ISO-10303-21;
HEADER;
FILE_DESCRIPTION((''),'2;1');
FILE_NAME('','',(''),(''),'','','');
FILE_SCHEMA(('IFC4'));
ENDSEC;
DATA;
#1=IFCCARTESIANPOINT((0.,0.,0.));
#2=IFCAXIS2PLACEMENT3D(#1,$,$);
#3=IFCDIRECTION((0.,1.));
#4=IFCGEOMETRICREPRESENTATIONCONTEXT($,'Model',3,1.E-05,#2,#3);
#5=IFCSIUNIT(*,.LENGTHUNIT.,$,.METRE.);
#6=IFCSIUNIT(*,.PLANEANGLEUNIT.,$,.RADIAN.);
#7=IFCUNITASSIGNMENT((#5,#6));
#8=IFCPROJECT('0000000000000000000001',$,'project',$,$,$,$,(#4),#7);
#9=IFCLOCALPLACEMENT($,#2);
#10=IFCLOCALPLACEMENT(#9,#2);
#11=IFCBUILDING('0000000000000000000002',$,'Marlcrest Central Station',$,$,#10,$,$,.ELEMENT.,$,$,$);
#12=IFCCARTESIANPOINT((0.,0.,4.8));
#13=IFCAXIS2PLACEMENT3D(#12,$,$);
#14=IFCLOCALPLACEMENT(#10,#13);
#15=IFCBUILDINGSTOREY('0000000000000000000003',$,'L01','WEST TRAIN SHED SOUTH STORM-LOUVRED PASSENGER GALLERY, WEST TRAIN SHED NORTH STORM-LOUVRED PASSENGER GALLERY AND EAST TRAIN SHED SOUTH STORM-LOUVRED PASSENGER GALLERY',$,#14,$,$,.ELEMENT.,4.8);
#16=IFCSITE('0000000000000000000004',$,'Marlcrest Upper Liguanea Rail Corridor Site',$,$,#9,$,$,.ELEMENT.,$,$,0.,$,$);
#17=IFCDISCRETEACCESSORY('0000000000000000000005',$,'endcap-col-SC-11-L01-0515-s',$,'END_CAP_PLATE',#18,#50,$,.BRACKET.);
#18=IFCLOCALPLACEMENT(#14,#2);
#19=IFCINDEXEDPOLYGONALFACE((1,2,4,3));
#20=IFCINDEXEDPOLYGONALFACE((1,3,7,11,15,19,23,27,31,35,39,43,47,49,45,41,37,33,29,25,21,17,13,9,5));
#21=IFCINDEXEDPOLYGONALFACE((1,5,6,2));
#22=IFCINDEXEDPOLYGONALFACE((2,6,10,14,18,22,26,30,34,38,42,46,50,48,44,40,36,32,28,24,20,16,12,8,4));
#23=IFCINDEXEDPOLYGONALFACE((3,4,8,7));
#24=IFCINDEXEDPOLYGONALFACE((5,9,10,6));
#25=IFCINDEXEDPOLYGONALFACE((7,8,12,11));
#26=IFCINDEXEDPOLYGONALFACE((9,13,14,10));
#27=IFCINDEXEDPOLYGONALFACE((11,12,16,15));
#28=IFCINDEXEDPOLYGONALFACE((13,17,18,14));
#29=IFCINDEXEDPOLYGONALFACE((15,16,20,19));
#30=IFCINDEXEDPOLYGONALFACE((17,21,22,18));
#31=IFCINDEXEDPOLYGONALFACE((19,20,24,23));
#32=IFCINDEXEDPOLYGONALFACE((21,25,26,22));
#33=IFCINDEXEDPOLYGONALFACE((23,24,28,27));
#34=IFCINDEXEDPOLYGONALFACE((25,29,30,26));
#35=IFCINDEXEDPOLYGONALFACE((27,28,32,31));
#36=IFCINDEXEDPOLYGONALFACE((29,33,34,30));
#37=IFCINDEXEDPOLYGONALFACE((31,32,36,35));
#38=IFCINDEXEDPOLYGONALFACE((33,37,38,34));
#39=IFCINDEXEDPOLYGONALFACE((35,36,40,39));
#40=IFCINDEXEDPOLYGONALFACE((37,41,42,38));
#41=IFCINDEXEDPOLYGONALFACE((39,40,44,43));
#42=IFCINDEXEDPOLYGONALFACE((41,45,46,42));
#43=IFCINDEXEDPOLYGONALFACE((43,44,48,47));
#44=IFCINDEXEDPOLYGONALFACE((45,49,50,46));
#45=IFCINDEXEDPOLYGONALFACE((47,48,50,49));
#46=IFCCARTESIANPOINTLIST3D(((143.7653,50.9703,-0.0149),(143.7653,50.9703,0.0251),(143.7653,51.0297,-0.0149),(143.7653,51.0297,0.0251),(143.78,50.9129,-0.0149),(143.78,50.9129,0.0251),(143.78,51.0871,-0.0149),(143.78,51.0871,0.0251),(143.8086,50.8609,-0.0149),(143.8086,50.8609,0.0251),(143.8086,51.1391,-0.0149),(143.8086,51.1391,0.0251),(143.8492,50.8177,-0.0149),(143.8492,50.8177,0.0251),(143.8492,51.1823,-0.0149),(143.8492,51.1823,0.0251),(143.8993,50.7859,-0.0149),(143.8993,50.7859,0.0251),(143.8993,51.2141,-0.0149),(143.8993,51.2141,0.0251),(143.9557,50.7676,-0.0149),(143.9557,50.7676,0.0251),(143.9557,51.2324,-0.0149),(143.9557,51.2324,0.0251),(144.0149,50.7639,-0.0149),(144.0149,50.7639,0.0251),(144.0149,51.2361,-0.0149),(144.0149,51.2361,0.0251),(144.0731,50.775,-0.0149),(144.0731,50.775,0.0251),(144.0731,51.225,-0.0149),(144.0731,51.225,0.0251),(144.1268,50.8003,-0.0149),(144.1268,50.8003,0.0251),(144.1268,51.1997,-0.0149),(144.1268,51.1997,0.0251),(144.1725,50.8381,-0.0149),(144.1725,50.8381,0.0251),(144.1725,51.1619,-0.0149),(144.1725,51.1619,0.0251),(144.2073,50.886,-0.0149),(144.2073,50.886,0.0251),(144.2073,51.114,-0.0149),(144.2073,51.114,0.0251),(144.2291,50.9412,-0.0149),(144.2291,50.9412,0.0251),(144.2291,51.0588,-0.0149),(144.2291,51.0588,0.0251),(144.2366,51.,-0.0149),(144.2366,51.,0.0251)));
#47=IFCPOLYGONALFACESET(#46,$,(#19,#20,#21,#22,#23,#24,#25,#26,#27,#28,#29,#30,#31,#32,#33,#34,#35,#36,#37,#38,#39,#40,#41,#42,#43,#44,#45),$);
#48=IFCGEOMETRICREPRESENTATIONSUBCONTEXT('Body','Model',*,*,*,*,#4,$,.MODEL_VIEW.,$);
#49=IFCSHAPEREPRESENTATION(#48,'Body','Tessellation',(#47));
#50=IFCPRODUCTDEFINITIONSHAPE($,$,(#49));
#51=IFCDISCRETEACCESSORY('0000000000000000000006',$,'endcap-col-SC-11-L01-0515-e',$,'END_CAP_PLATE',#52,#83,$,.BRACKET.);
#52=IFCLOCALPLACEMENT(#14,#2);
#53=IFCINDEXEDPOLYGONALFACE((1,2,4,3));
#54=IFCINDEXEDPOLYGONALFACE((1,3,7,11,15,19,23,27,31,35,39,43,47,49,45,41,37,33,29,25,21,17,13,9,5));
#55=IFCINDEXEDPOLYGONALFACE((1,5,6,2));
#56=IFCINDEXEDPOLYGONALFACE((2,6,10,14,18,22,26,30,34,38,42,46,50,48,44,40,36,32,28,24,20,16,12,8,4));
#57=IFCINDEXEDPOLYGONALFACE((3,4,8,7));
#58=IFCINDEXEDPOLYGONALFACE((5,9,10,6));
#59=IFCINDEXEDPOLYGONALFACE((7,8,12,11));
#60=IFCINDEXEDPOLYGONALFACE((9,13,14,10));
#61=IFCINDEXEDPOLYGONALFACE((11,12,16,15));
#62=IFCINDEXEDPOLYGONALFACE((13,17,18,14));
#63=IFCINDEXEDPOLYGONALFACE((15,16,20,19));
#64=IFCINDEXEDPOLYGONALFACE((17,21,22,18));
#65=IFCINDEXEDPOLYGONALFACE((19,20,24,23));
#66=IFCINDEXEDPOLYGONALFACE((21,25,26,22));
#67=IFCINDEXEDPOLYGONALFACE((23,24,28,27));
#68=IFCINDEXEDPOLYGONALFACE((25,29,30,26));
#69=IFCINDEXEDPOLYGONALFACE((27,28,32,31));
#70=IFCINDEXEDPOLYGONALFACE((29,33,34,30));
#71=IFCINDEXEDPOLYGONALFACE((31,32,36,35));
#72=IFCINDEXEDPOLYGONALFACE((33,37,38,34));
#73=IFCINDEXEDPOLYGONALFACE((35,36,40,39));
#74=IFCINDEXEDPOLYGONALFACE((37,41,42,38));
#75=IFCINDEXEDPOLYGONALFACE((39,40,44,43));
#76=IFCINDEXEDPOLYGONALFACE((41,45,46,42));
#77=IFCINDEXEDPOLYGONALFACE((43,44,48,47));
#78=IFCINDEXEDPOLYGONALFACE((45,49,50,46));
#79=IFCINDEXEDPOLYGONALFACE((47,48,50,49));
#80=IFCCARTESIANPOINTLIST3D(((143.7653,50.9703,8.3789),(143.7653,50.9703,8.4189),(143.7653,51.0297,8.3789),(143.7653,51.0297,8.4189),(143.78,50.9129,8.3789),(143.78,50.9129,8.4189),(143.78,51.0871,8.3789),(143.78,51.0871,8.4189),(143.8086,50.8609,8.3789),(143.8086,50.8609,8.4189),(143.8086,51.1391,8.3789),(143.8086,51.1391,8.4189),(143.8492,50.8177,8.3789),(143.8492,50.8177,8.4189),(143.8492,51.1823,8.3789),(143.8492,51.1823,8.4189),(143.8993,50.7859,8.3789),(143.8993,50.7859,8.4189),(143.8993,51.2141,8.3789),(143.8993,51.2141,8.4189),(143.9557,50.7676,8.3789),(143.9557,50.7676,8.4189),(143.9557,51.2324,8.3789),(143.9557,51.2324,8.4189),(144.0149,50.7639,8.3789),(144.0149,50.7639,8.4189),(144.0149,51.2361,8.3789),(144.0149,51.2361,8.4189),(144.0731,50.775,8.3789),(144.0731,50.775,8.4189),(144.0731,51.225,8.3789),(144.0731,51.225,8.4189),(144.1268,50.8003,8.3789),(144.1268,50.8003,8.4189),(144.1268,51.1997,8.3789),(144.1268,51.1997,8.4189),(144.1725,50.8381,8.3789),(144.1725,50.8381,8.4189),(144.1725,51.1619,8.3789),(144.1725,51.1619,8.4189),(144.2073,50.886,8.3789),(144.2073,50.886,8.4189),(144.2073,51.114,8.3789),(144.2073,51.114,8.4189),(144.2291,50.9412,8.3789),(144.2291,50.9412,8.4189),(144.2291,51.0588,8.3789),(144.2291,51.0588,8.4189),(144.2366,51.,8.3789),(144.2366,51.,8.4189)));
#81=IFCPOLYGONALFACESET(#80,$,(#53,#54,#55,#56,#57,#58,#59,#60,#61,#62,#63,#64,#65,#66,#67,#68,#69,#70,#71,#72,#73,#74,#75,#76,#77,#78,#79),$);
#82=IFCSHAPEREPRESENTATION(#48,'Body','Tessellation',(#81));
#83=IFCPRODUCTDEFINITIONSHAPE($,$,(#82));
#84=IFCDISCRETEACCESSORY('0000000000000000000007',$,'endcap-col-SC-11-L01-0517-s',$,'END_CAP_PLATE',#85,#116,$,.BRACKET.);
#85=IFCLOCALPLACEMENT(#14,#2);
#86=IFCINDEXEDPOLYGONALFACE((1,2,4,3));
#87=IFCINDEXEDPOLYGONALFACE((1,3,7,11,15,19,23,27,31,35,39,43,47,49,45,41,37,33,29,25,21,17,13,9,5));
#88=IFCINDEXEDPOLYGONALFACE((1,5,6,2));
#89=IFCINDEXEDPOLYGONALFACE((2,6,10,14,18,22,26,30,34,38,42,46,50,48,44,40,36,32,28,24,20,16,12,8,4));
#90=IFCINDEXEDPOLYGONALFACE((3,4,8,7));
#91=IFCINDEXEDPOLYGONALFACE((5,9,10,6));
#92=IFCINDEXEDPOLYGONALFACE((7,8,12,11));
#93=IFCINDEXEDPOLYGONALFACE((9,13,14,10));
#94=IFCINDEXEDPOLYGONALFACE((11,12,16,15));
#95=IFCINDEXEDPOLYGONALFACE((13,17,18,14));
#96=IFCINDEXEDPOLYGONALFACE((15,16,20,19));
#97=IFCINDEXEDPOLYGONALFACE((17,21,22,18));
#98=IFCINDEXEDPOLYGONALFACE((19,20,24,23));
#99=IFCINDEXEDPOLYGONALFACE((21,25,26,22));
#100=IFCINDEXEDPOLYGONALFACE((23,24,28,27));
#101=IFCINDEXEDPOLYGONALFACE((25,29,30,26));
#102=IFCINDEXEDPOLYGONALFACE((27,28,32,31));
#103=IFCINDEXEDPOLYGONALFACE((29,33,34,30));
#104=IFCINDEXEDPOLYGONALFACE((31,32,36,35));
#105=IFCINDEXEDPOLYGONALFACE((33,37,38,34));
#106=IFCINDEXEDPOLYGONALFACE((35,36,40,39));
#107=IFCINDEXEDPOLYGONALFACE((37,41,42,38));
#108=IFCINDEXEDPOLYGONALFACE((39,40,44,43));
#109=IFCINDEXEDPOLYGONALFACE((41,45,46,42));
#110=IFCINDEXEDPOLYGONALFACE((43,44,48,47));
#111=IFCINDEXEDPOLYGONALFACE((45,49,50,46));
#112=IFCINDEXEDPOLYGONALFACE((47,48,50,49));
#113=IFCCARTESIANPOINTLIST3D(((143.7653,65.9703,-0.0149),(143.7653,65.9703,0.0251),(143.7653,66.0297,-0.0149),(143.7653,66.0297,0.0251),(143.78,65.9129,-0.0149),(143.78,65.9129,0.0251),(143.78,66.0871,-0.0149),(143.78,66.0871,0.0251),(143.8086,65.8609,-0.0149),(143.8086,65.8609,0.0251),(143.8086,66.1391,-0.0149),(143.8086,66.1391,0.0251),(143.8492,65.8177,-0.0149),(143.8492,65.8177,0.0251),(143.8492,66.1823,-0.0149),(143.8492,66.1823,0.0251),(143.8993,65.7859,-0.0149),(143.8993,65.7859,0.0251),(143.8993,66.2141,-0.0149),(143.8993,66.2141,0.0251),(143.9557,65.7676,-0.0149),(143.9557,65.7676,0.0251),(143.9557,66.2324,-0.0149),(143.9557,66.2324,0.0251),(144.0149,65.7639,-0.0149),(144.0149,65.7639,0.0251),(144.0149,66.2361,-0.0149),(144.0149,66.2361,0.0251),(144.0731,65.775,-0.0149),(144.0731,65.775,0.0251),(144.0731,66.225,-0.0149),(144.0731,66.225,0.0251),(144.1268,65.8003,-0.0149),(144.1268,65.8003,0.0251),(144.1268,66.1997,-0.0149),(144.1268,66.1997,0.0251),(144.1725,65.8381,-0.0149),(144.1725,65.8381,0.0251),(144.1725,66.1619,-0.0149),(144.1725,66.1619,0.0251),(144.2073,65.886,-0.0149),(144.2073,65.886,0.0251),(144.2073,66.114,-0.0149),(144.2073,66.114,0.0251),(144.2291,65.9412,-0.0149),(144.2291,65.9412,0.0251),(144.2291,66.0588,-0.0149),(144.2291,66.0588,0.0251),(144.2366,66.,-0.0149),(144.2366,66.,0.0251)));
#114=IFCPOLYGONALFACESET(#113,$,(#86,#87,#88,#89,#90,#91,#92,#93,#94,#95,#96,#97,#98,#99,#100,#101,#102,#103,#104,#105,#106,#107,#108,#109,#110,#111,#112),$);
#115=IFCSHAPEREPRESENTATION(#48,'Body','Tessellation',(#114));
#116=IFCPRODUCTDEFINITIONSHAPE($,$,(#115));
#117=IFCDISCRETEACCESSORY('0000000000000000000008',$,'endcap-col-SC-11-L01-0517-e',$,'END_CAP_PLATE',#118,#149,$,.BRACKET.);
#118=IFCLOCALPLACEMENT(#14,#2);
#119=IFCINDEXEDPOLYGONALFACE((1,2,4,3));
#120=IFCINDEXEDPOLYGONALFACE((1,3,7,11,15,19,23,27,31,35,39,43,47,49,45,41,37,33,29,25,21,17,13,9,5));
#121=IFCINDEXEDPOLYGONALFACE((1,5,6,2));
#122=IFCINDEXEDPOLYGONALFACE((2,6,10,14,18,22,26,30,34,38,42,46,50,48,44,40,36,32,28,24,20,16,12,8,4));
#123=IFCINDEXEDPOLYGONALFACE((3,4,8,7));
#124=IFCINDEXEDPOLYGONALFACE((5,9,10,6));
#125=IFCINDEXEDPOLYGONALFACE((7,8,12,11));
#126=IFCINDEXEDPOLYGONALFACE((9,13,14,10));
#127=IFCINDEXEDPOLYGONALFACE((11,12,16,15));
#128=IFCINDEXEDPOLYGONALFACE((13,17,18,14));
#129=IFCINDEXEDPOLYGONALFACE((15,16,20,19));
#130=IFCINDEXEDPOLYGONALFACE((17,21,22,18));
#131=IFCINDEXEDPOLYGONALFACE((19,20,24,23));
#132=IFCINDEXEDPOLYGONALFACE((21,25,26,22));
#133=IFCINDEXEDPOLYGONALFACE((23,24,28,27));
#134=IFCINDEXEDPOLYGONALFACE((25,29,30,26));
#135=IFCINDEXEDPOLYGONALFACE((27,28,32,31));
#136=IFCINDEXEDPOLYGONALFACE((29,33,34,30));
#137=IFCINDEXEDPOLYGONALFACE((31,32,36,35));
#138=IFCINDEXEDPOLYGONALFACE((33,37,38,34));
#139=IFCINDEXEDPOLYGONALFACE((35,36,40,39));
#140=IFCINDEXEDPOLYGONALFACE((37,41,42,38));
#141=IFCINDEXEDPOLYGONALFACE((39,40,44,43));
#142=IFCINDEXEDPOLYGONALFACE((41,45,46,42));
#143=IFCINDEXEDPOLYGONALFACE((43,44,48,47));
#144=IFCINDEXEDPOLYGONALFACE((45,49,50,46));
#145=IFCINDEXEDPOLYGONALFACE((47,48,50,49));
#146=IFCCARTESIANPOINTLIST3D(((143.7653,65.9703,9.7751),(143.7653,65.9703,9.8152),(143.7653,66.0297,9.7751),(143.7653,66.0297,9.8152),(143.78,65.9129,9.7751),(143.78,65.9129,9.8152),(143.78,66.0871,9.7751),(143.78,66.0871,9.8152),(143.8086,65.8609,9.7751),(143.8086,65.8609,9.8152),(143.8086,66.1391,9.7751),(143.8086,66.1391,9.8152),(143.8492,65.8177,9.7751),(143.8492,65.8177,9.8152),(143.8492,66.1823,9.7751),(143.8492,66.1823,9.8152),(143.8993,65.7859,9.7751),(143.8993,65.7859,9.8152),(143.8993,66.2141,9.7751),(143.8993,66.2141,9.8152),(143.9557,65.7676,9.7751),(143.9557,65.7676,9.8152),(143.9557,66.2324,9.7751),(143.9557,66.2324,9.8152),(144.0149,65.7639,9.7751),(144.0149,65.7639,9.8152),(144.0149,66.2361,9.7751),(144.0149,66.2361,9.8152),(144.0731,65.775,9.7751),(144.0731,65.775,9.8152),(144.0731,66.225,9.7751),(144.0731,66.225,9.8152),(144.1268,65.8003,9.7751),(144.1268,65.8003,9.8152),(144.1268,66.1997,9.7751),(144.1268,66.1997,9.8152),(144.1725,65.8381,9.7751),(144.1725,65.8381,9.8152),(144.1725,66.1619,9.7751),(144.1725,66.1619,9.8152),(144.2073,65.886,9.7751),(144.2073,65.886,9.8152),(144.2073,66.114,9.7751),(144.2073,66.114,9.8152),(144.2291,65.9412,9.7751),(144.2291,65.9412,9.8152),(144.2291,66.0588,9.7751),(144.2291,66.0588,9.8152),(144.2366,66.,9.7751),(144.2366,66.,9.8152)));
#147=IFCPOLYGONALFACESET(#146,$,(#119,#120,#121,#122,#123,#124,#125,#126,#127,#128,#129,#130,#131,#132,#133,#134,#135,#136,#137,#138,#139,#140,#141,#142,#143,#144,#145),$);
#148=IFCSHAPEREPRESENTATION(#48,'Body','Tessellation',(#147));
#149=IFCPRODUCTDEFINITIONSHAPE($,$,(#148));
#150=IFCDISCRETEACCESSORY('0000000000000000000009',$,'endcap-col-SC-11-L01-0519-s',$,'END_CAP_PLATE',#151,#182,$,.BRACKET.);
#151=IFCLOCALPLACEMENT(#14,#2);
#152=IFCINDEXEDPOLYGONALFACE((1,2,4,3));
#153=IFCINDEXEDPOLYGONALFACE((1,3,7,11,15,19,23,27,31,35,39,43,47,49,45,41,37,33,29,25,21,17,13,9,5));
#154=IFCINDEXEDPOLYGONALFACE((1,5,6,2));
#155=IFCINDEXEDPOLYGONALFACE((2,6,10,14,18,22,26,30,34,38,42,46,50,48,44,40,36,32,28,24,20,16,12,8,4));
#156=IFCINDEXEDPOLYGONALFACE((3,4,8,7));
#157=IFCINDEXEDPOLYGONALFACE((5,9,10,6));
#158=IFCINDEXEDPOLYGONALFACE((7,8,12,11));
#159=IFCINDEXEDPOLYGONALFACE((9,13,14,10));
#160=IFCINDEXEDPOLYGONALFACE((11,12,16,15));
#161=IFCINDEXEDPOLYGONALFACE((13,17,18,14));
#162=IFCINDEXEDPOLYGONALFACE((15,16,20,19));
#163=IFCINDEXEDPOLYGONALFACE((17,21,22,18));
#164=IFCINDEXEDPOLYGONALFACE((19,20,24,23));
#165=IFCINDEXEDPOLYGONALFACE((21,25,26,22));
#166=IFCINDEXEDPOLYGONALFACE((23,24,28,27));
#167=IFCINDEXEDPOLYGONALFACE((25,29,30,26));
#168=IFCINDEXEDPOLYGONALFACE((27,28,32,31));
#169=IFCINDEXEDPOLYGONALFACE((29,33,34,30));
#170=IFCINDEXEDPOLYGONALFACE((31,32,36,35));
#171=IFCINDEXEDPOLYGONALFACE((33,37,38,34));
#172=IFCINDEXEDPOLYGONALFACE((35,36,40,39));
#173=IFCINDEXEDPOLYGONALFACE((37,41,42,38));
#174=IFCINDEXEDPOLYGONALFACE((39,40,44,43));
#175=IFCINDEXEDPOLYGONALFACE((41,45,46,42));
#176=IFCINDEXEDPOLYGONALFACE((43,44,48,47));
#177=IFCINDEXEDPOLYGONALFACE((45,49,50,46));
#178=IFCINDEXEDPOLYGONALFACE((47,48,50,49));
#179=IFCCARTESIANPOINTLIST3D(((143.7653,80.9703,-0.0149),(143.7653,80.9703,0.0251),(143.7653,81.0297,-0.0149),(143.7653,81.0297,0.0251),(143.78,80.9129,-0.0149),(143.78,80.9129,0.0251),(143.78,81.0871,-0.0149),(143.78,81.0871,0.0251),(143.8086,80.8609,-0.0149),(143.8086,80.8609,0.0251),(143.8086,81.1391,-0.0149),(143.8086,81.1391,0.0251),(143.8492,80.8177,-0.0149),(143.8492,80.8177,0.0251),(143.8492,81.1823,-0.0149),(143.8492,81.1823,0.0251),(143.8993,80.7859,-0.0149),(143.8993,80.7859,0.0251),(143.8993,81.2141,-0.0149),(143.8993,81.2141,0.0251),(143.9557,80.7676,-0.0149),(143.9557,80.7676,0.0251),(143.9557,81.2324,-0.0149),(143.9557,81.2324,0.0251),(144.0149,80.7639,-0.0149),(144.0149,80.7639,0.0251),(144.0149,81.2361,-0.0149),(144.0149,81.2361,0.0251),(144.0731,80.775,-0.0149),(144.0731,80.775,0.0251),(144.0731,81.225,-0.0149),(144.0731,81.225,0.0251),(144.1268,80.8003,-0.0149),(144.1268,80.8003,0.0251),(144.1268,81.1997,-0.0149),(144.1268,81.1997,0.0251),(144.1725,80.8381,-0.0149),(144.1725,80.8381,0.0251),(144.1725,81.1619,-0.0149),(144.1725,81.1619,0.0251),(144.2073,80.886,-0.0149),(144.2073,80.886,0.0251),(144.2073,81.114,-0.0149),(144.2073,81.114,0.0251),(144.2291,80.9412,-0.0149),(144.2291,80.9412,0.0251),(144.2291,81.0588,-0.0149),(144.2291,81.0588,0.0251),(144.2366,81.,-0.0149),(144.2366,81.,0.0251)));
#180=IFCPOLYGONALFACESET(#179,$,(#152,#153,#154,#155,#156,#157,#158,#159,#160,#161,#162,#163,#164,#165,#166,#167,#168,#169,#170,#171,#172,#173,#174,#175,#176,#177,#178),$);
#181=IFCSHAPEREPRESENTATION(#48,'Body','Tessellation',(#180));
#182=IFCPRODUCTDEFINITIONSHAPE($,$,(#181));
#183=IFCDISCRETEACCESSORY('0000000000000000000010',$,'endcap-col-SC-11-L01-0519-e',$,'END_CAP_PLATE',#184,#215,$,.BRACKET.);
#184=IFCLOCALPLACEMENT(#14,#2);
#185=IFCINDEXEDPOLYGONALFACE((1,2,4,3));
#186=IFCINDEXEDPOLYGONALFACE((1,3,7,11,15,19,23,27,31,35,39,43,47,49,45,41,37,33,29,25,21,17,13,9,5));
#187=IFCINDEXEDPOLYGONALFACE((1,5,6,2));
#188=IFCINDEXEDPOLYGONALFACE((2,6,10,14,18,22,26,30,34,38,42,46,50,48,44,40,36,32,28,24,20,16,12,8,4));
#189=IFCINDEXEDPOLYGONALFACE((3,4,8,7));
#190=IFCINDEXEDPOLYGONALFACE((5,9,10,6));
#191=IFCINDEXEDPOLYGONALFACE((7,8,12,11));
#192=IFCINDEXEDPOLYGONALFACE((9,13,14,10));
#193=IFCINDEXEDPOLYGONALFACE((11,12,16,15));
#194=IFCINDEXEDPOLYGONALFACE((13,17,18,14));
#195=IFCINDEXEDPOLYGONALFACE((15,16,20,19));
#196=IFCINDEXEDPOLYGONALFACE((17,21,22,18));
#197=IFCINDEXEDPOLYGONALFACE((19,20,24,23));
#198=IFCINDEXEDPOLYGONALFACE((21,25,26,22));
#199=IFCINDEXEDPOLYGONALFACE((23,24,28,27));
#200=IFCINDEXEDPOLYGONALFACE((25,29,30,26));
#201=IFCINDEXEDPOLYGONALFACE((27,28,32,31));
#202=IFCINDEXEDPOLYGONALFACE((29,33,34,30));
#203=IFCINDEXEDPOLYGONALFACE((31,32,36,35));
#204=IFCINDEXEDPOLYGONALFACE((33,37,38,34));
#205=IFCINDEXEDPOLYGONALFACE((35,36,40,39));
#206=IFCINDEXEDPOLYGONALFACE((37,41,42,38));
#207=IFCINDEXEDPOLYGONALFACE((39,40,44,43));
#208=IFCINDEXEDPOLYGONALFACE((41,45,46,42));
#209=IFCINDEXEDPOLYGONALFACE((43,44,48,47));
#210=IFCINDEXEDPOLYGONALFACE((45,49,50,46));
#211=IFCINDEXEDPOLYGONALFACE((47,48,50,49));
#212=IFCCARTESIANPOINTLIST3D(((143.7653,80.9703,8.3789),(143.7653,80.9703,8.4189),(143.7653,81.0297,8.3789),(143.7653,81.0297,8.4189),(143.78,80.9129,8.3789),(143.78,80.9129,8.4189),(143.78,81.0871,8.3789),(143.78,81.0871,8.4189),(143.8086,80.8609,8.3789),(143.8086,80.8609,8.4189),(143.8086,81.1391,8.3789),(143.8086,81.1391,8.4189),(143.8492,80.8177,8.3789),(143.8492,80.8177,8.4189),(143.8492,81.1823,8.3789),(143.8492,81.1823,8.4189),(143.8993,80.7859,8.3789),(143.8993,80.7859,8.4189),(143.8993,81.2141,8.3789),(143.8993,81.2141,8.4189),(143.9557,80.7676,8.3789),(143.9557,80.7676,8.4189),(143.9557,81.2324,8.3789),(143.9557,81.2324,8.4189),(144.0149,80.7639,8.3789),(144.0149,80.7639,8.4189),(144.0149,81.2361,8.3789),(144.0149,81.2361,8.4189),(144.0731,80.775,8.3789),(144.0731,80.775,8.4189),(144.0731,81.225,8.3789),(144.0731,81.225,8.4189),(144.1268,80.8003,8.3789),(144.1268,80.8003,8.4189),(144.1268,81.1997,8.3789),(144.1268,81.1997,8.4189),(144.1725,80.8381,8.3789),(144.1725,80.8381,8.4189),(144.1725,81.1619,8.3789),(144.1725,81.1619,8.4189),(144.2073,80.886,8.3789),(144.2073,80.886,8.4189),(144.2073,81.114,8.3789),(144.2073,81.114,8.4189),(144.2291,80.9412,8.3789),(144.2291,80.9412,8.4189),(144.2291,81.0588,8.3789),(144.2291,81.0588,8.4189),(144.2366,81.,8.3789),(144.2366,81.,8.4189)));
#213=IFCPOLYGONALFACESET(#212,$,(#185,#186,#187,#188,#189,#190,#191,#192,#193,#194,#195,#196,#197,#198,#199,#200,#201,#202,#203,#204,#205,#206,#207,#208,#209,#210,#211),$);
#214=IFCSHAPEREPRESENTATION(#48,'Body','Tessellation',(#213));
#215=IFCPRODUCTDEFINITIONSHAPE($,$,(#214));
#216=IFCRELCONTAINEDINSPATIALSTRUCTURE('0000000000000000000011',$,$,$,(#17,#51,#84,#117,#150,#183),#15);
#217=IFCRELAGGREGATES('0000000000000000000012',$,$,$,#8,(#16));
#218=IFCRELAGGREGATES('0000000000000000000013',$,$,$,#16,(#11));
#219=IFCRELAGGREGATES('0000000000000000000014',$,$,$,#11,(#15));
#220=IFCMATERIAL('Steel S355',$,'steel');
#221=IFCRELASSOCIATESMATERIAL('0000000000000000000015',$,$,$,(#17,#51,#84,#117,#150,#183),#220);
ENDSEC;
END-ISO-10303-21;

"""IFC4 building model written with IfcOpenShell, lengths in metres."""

from ifc_helpers import new_model, si_unit, direction, frame, origin, origin_2d, place, context, subcontext, project, spatial, circle, extrude, material, element, save


model = new_model("IFC4")

# Units and contexts
model_context = context("Model", 3, precision=1e-05, world=origin(), true_north=direction((0.0, 1.0)))
body_context = subcontext(model_context, "Body", "Model", "MODEL_VIEW")
ifc_project = project(units=[si_unit("LENGTHUNIT", "METRE"), si_unit("PLANEANGLEUNIT", "RADIAN")], contexts=[model_context])

# Site, building, storey
site_placement = place(None, origin())
site = spatial("IfcSite", under=ifc_project, at=site_placement, Name="Marlcrest Upper Liguanea Rail Corridor Site", CompositionType="ELEMENT", RefElevation=0.0)
building_placement = place(site_placement, origin())
building = spatial("IfcBuilding", under=site, at=building_placement, Name="Marlcrest Central Station", CompositionType="ELEMENT")
storey_placement = place(building_placement, frame((0.0, 0.0, 4.8)))
storey = spatial("IfcBuildingStorey", under=building, at=storey_placement, Name="L01", Description="WEST TRAIN SHED SOUTH STORM-LOUVRED PASSENGER GALLERY, WEST TRAIN SHED NORTH STORM-LOUVRED PASSENGER GALLERY AND EAST TRAIN SHED SOUTH STORM-LOUVRED PASSENGER GALLERY", CompositionType="ELEMENT", Elevation=4.8)

# Shared definitions
ifc_material = material(Name="Steel S355", Category="steel")

# Discrete accessories
for number, where, z_axis, x_axis, name in (
    (1, (144.0, 51.0, -0.0149), (0.0, 0.0, 1.0), (1.0, 0.0, 0.0), "endcap-col-SC-11-L01-0515-s"),
    (2, (144.0, 51.0, 8.3789), (0.0, 0.0, 1.0), (1.0, 0.0, 0.0), "endcap-col-SC-11-L01-0515-e"),
    (3, (144.0, 66.0, -0.0149), (0.0, 0.0, 1.0), (1.0, 0.0, 0.0), "endcap-col-SC-11-L01-0517-s"),
    (4, (144.0, 66.0, 9.7751), (0.0, 0.0, 1.0), (1.0, 0.0, 0.0), "endcap-col-SC-11-L01-0517-e"),
    (5, (144.0, 81.0, -0.0149), (0.0, 0.0, 1.0), (1.0, 0.0, 0.0), "endcap-col-SC-11-L01-0519-s"),
    (6, (144.0, 81.0, 8.3789), (0.0, 0.0, 1.0), (1.0, 0.0, 0.0), "endcap-col-SC-11-L01-0519-e"),
):
    element("IfcDiscreteAccessory", number, at=place(storey_placement, frame(where, z_axis=z_axis, x_axis=x_axis)), inside=storey, material=ifc_material, Name=name, ObjectType="END_CAP_PLATE", PredefinedType="BRACKET", context=body_context, shape_type="SweptSolid", body=[
        extrude(circle(Radius=0.2366, at=origin_2d()), origin(), (0.0, 0.0, 1.0), 0.04),
    ])

save(model, "model.ifc")
